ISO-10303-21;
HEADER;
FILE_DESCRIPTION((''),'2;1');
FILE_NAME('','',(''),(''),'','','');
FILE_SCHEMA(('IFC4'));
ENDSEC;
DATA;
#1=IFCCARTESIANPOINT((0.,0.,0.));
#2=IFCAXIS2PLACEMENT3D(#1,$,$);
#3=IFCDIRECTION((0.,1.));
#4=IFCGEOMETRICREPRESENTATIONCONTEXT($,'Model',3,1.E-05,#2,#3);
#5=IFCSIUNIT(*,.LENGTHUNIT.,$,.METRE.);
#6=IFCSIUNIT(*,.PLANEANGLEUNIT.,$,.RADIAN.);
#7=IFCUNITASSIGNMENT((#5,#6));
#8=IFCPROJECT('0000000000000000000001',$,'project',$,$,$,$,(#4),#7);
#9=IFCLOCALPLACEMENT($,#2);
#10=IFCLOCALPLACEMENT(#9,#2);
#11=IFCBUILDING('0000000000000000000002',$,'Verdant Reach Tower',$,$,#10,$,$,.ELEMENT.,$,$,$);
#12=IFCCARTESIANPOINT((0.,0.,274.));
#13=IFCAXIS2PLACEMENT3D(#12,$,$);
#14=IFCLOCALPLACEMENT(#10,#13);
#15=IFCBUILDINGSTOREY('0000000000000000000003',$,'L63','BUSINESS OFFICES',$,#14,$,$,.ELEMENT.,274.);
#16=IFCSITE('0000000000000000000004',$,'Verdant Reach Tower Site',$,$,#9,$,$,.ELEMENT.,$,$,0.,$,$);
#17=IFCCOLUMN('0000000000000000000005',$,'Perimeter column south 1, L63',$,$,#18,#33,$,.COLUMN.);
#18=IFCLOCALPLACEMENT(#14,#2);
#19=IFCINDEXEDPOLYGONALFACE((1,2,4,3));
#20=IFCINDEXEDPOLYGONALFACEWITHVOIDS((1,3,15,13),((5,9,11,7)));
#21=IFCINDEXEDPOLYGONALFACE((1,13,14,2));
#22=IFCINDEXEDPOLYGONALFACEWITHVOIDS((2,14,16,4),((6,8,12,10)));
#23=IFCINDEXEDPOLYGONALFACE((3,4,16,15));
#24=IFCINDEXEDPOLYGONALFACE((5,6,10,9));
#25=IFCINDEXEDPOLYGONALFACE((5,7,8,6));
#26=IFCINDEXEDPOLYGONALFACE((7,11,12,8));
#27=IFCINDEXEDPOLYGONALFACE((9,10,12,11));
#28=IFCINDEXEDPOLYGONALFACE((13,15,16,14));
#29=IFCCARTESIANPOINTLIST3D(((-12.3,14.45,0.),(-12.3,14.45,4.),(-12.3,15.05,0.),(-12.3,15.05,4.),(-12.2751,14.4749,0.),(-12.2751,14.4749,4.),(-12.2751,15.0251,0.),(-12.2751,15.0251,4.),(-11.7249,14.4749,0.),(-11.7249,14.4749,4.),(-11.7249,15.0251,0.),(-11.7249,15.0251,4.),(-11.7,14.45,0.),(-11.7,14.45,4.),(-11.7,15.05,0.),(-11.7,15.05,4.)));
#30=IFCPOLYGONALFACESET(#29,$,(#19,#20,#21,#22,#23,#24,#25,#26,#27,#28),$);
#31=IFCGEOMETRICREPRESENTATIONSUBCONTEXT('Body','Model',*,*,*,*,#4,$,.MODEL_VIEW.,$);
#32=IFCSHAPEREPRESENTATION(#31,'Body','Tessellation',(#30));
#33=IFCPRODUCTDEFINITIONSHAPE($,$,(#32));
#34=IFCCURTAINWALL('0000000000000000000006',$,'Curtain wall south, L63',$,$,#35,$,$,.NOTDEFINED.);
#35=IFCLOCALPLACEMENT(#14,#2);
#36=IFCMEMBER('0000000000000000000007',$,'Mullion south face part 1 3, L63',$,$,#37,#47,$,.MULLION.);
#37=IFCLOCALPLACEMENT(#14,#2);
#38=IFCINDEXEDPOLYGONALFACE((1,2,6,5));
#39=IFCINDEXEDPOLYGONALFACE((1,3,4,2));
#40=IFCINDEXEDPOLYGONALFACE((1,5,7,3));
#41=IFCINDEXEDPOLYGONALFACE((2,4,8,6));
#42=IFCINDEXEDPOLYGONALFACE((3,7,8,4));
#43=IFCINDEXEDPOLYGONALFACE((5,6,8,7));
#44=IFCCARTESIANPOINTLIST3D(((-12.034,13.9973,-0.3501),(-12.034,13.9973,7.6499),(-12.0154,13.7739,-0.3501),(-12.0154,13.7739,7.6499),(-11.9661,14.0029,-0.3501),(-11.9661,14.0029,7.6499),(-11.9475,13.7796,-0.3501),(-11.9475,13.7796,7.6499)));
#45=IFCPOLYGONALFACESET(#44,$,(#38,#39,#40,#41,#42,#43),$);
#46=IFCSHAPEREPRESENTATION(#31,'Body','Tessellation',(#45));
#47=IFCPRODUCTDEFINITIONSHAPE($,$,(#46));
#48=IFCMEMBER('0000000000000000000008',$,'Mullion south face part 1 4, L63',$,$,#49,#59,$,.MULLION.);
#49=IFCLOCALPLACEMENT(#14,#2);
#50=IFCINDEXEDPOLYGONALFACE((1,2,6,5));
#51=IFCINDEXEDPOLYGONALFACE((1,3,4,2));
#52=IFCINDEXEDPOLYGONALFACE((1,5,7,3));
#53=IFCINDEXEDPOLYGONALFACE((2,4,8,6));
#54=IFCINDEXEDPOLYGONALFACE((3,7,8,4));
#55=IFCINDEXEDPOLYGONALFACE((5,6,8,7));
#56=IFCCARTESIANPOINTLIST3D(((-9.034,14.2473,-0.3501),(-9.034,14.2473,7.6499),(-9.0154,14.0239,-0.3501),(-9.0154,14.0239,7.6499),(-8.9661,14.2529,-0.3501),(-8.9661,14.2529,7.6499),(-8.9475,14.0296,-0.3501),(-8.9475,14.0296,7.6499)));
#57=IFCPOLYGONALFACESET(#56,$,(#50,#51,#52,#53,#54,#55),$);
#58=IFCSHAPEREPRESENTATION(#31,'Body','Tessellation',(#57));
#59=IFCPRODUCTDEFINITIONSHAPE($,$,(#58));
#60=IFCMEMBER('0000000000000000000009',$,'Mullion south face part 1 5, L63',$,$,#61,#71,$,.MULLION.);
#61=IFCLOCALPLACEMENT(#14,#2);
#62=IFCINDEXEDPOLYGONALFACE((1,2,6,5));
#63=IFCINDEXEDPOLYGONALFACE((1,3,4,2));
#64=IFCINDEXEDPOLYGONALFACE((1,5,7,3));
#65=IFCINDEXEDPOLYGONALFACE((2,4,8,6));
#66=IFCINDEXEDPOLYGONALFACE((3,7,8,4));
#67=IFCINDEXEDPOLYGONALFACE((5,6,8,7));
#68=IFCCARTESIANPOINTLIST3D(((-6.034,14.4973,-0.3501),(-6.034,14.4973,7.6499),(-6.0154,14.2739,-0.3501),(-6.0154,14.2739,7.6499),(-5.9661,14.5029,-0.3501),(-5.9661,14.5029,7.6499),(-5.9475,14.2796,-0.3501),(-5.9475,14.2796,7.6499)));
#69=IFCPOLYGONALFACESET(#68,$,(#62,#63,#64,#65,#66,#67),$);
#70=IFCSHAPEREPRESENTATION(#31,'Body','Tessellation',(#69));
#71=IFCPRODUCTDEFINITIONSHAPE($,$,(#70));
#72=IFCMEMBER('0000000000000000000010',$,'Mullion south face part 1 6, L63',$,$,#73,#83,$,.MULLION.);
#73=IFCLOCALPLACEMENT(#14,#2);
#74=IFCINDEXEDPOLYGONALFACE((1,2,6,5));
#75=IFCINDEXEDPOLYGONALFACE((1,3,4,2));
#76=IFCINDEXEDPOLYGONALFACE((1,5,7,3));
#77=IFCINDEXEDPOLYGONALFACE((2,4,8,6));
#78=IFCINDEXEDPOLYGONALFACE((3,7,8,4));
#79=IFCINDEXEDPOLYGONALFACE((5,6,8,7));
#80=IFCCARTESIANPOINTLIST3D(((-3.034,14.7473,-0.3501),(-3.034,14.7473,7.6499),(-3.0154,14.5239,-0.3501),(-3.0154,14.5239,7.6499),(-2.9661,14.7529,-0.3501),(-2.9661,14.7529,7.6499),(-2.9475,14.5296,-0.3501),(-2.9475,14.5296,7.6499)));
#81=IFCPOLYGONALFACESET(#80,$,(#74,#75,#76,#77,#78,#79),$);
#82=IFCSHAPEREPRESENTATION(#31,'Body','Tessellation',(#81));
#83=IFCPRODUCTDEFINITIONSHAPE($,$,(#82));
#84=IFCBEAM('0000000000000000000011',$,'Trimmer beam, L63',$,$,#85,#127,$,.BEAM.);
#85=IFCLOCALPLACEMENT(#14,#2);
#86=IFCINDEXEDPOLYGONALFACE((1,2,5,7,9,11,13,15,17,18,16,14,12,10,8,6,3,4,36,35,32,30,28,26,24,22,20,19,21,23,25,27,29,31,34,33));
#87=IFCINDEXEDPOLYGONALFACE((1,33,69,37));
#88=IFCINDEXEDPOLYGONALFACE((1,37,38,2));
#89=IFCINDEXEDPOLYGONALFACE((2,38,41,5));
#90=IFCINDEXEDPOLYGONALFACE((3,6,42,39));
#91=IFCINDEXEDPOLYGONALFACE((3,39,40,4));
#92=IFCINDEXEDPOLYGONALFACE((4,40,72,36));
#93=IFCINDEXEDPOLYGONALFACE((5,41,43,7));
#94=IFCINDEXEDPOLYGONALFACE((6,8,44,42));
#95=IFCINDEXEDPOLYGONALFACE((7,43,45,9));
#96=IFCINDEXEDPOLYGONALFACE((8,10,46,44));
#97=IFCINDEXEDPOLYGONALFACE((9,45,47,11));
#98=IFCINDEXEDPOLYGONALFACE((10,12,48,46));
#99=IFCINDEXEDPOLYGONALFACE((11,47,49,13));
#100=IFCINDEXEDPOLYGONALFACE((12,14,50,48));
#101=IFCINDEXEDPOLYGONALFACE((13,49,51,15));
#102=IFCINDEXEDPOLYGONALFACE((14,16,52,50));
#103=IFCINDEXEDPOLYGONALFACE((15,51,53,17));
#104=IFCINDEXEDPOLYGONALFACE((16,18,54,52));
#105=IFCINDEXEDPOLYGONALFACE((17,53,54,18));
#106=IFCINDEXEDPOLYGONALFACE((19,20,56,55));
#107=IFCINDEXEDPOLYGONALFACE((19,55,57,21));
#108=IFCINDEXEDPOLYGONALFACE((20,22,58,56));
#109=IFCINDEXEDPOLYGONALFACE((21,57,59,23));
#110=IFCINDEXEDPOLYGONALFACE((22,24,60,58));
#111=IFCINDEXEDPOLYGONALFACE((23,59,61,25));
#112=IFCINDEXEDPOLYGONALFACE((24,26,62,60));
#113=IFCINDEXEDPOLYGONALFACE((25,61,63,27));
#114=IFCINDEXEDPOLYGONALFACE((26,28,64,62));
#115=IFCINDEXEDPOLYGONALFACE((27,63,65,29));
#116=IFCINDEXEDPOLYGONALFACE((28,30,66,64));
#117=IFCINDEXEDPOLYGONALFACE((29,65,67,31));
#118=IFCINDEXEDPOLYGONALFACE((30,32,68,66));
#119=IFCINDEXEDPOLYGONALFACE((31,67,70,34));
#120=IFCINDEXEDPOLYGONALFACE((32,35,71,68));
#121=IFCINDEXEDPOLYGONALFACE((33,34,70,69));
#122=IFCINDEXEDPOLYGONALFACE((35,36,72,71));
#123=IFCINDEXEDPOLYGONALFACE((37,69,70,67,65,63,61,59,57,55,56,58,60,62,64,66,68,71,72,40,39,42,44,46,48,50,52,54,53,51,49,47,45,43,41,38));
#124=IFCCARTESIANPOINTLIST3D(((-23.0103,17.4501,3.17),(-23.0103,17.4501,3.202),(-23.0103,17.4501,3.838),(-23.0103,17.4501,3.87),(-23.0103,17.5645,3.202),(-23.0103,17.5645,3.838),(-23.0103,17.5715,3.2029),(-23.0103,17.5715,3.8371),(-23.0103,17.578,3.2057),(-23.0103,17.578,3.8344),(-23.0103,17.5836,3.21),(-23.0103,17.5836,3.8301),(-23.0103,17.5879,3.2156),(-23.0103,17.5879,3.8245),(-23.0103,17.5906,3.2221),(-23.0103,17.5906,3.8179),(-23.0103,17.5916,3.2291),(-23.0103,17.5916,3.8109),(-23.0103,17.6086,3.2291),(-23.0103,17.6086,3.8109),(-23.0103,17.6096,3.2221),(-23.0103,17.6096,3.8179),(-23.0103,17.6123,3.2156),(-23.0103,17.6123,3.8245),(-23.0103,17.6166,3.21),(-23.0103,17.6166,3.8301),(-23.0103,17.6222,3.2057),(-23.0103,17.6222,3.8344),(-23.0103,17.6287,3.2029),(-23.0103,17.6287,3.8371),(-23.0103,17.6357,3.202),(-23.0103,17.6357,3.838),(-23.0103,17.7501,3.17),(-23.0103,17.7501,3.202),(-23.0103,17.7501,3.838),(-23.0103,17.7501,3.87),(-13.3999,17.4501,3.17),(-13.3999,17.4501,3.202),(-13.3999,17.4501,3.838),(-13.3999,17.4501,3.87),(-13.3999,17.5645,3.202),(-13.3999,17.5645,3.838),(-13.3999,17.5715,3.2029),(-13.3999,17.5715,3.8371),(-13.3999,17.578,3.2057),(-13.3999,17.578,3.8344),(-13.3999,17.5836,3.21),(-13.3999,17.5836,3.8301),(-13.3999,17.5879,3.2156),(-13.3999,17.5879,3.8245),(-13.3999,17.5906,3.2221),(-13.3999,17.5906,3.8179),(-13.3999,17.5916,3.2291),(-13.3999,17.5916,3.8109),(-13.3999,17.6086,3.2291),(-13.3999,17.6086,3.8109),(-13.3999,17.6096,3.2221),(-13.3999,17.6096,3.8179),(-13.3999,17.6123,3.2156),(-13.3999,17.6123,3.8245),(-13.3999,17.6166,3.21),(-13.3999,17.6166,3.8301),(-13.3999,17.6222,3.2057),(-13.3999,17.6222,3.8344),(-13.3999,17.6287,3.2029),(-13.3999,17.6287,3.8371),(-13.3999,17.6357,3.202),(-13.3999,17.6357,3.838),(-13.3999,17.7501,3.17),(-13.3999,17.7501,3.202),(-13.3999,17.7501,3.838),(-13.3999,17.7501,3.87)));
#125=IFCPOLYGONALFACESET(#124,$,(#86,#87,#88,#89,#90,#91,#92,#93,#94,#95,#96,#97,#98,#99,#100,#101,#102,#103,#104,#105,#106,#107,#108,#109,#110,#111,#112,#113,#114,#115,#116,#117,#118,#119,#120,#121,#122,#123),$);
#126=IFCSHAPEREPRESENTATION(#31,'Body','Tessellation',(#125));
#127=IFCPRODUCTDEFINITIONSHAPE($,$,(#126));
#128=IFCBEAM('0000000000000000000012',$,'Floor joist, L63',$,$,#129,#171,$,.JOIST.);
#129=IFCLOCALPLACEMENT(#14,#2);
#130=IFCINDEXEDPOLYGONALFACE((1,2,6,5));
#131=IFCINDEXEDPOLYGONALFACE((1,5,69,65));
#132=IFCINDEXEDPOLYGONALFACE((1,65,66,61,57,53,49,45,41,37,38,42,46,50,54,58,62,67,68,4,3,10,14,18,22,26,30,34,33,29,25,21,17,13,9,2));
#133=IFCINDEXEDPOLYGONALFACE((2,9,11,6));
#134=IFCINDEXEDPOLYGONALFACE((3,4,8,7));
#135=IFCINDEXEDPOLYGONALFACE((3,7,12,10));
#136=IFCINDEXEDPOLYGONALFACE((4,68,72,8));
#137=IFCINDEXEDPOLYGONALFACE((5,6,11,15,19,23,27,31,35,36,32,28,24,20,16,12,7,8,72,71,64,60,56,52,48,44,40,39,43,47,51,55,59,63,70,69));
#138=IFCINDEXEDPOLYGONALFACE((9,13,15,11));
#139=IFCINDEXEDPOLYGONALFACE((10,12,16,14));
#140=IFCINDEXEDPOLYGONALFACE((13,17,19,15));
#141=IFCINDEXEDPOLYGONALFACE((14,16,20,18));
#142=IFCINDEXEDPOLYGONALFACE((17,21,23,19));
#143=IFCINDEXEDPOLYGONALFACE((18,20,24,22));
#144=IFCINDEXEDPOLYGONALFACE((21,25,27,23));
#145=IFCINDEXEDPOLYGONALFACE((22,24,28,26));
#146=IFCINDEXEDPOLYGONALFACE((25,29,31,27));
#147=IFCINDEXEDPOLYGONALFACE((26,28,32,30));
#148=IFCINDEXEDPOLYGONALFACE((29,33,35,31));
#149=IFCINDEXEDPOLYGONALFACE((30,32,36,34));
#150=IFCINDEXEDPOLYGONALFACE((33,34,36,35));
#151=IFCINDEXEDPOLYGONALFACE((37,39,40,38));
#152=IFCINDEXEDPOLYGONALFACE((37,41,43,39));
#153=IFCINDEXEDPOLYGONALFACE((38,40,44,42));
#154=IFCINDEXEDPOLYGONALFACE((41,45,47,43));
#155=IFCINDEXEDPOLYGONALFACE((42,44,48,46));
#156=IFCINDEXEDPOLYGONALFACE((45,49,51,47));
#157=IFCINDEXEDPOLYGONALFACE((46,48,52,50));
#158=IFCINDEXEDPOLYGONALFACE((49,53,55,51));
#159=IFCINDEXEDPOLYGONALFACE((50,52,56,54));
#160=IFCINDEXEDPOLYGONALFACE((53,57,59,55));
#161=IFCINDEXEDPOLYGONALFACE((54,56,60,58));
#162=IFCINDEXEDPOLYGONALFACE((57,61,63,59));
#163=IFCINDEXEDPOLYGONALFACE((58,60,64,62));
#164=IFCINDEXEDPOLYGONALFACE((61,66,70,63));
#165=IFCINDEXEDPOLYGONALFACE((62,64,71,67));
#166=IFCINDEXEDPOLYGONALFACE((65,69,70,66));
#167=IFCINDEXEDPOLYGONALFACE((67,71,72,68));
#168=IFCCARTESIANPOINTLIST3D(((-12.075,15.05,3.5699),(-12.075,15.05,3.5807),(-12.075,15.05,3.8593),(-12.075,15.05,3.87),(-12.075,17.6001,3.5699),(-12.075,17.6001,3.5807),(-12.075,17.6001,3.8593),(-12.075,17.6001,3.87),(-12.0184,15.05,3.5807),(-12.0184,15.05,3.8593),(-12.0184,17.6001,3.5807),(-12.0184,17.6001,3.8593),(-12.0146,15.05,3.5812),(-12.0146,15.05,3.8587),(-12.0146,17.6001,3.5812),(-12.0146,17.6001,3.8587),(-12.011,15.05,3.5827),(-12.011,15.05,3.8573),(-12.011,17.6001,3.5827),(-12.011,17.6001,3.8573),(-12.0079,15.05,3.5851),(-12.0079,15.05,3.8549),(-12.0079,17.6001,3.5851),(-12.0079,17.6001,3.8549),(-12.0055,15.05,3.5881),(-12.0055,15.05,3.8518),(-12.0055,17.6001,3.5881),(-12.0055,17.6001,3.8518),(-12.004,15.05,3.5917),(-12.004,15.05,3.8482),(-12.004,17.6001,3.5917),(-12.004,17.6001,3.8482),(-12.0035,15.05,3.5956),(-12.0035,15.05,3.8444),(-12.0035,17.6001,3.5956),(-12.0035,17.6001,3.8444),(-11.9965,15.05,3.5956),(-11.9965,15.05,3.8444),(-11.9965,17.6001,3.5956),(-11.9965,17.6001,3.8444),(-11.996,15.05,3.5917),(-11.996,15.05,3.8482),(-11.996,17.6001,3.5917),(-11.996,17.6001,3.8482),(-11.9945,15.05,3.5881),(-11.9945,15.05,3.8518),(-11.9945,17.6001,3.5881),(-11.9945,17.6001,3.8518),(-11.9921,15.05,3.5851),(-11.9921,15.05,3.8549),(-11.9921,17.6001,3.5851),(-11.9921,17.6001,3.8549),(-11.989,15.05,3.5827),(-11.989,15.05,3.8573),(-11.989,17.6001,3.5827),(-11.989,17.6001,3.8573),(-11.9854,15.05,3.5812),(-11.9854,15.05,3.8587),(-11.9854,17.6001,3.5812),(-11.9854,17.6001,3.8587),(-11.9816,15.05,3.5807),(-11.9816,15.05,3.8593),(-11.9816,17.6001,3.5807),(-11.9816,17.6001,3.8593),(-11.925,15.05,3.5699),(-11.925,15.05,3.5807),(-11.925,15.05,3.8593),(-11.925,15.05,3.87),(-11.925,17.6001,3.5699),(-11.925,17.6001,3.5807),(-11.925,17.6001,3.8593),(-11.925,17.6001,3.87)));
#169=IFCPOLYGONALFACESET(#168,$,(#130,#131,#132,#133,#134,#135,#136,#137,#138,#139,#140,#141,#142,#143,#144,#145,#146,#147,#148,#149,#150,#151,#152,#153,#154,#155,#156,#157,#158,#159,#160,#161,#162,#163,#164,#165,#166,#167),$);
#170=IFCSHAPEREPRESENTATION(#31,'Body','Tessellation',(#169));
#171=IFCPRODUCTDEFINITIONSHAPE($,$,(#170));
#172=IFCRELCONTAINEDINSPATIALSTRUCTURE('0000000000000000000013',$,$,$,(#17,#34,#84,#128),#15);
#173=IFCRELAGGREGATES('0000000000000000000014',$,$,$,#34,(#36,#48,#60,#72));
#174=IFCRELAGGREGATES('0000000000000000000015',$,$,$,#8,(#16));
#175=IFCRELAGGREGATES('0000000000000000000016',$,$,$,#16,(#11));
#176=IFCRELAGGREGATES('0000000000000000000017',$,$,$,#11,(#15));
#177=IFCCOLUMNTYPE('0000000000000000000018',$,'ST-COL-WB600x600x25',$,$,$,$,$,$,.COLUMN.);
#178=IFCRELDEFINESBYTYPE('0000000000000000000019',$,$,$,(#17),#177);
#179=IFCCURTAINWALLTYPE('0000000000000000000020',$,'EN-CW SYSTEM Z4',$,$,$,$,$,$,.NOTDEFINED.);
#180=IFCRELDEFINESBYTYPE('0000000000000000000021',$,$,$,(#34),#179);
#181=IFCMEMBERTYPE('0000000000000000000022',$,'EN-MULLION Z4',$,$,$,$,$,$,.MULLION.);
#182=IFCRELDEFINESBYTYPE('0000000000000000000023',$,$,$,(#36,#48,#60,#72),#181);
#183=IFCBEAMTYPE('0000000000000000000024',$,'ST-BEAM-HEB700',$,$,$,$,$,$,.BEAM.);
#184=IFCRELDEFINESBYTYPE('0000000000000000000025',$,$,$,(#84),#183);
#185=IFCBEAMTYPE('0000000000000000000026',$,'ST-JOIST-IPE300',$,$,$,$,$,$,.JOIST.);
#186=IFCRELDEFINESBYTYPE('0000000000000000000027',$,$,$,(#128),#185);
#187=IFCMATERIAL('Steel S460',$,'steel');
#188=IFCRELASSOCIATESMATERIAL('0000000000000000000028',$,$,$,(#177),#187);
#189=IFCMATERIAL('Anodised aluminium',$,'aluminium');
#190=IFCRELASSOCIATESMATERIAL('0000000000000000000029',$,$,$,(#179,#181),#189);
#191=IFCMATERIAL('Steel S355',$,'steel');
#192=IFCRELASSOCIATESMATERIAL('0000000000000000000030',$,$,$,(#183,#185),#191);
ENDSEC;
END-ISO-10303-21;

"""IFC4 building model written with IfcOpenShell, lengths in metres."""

from ifc_helpers import new_model, si_unit, direction, frame, origin, origin_2d, place, context, subcontext, project, spatial, rectangle, hollow_rectangle, i_section, extrude, material, material_profile, profile_set, type_object, element, aggregate, save


model = new_model("IFC4")

# Units and contexts
model_context = context("Model", 3, precision=1e-05, world=origin(), true_north=direction((0.0, 1.0)))
body_context = subcontext(model_context, "Body", "Model", "MODEL_VIEW")
ifc_project = project(units=[si_unit("LENGTHUNIT", "METRE"), si_unit("PLANEANGLEUNIT", "RADIAN")], contexts=[model_context])

# Site, building, storey
site_placement = place(None, origin())
site = spatial("IfcSite", under=ifc_project, at=site_placement, Name="Verdant Reach Tower Site", CompositionType="ELEMENT", RefElevation=0.0)
building_placement = place(site_placement, origin())
building = spatial("IfcBuilding", under=site, at=building_placement, Name="Verdant Reach Tower", CompositionType="ELEMENT")
storey_placement = place(building_placement, frame((0.0, 0.0, 274.0)))
storey = spatial("IfcBuildingStorey", under=building, at=storey_placement, Name="L63", Description="BUSINESS OFFICES", CompositionType="ELEMENT", Elevation=274.0)

# Column
ifc_material_1 = material(Name="Steel S460", Category="steel")
ifc_material_profile_1 = material_profile(ifc_material_1, hollow_rectangle(XDim=0.6001, YDim=0.6001, WallThickness=0.0249, at=origin_2d()), Name="WB 600x600x25")
ifc_profile_set_1 = profile_set([ifc_material_profile_1], Name="Steel S460")
column_type = type_object("IfcColumnType", Name="ST-COL-WB600x600x25", PredefinedType="COLUMN", material=ifc_profile_set_1)
column_placement = place(storey_placement, frame((-12.0, 14.75, 0.0), z_axis=(0.0, 0.0, 1.0), x_axis=(1.0, 0.0, 0.0)))
element("IfcColumn", 1, at=column_placement, inside=storey, type_object=column_type, Name="Perimeter column south 1, L63", PredefinedType="COLUMN", context=body_context, shape_type="SweptSolid", body=[
    extrude(hollow_rectangle(XDim=0.6001, YDim=0.6001, WallThickness=0.0249, at=origin_2d()), origin(), (0.0, 0.0, 1.0), 4.0),
])

# Curtain wall, members
ifc_material_2 = material(Name="Anodised aluminium", Category="aluminium")
curtain_wall_type = type_object("IfcCurtainWallType", Name="EN-CW SYSTEM Z4", PredefinedType="NOTDEFINED", material=ifc_material_2)
curtain_wall_placement = place(storey_placement, origin())
curtain_wall = element("IfcCurtainWall", 2, at=curtain_wall_placement, inside=storey, type_object=curtain_wall_type, Name="Curtain wall south, L63", PredefinedType="NOTDEFINED")
ifc_material_profile_2 = material_profile(ifc_material_2, rectangle(XDim=0.2241, YDim=0.0681, at=origin_2d()), Name="Mullion 68x224")
ifc_profile_set_2 = profile_set([ifc_material_profile_2], Name="Anodised aluminium")
member_type = type_object("IfcMemberType", Name="EN-MULLION Z4", PredefinedType="MULLION", material=ifc_profile_set_2)
member_1_placement = place(storey_placement, frame((-11.9907, 13.8884, -0.3501), z_axis=(0.0, 0.0, 1.0), x_axis=(0.083045, -0.996546, 0.0)))
member_1 = element("IfcMember", 3, at=member_1_placement, type_object=member_type, Name="Mullion south face part 1 3, L63", PredefinedType="MULLION", context=body_context, shape_type="SweptSolid", body=[
    extrude(rectangle(XDim=0.2241, YDim=0.0681, at=origin_2d()), origin(), (0.0, 0.0, 1.0), 8.0),
])
member_2_placement = place(storey_placement, frame((-8.9907, 14.1384, -0.3501), z_axis=(0.0, 0.0, 1.0), x_axis=(0.083045, -0.996546, 0.0)))
member_2 = element("IfcMember", 4, at=member_2_placement, type_object=member_type, Name="Mullion south face part 1 4, L63", PredefinedType="MULLION", context=body_context, shape_type="SweptSolid", body=[
    extrude(rectangle(XDim=0.2241, YDim=0.0681, at=origin_2d()), origin(), (0.0, 0.0, 1.0), 8.0),
])
member_3_placement = place(storey_placement, frame((-5.9907, 14.3884, -0.3501), z_axis=(0.0, 0.0, 1.0), x_axis=(0.083045, -0.996546, 0.0)))
member_3 = element("IfcMember", 5, at=member_3_placement, type_object=member_type, Name="Mullion south face part 1 5, L63", PredefinedType="MULLION", context=body_context, shape_type="SweptSolid", body=[
    extrude(rectangle(XDim=0.2241, YDim=0.0681, at=origin_2d()), origin(), (0.0, 0.0, 1.0), 8.0),
])
member_4_placement = place(storey_placement, frame((-2.9907, 14.6384, -0.3501), z_axis=(0.0, 0.0, 1.0), x_axis=(0.083045, -0.996546, 0.0)))
member_4 = element("IfcMember", 6, at=member_4_placement, type_object=member_type, Name="Mullion south face part 1 6, L63", PredefinedType="MULLION", context=body_context, shape_type="SweptSolid", body=[
    extrude(rectangle(XDim=0.2241, YDim=0.0681, at=origin_2d()), origin(), (0.0, 0.0, 1.0), 8.0),
])

# Beams
ifc_material_3 = material(Name="Steel S355", Category="steel")
ifc_material_profile_3 = material_profile(ifc_material_3, i_section(OverallWidth=0.3, OverallDepth=0.7, WebThickness=0.0171, FlangeThickness=0.032, FilletRadius=0.0271, at=origin_2d()), Name="HEB 700")
ifc_profile_set_3 = profile_set([ifc_material_profile_3], Name="Steel S355")
beam_type_1 = type_object("IfcBeamType", Name="ST-BEAM-HEB700", PredefinedType="BEAM", material=ifc_profile_set_3)
beam_1_placement = place(storey_placement, frame((-13.3999, 17.6001, 3.52), z_axis=(-1.0, 0.0, 0.0), x_axis=(0.0, -1.0, 0.0)))
element("IfcBeam", 7, at=beam_1_placement, inside=storey, type_object=beam_type_1, Name="Trimmer beam, L63", PredefinedType="BEAM", context=body_context, shape_type="SweptSolid", body=[
    extrude(i_section(OverallWidth=0.3, OverallDepth=0.7, WebThickness=0.0171, FlangeThickness=0.032, FilletRadius=0.0271, at=origin_2d()), origin(), (0.0, 0.0, 1.0), 9.6104),
])
ifc_material_profile_4 = material_profile(ifc_material_3, i_section(OverallWidth=0.1499, OverallDepth=0.3, WebThickness=0.0071, FlangeThickness=0.0107, FilletRadius=0.0149, at=origin_2d()), Name="IPE 300")
ifc_profile_set_4 = profile_set([ifc_material_profile_4], Name="Steel S355")
beam_type_2 = type_object("IfcBeamType", Name="ST-JOIST-IPE300", PredefinedType="JOIST", material=ifc_profile_set_4)
beam_2_placement = place(storey_placement, frame((-12.0, 17.6001, 3.72), z_axis=(0.0, -1.0, 0.0), x_axis=(1.0, 0.0, 0.0)))
element("IfcBeam", 8, at=beam_2_placement, inside=storey, type_object=beam_type_2, Name="Floor joist, L63", PredefinedType="JOIST", context=body_context, shape_type="SweptSolid", body=[
    extrude(i_section(OverallWidth=0.1499, OverallDepth=0.3, WebThickness=0.0071, FlangeThickness=0.0107, FilletRadius=0.0149, at=origin_2d()), origin(), (0.0, 0.0, 1.0), 2.55),
])

aggregate(curtain_wall, [member_1, member_2, member_3, member_4])

save(model, "model.ifc")
